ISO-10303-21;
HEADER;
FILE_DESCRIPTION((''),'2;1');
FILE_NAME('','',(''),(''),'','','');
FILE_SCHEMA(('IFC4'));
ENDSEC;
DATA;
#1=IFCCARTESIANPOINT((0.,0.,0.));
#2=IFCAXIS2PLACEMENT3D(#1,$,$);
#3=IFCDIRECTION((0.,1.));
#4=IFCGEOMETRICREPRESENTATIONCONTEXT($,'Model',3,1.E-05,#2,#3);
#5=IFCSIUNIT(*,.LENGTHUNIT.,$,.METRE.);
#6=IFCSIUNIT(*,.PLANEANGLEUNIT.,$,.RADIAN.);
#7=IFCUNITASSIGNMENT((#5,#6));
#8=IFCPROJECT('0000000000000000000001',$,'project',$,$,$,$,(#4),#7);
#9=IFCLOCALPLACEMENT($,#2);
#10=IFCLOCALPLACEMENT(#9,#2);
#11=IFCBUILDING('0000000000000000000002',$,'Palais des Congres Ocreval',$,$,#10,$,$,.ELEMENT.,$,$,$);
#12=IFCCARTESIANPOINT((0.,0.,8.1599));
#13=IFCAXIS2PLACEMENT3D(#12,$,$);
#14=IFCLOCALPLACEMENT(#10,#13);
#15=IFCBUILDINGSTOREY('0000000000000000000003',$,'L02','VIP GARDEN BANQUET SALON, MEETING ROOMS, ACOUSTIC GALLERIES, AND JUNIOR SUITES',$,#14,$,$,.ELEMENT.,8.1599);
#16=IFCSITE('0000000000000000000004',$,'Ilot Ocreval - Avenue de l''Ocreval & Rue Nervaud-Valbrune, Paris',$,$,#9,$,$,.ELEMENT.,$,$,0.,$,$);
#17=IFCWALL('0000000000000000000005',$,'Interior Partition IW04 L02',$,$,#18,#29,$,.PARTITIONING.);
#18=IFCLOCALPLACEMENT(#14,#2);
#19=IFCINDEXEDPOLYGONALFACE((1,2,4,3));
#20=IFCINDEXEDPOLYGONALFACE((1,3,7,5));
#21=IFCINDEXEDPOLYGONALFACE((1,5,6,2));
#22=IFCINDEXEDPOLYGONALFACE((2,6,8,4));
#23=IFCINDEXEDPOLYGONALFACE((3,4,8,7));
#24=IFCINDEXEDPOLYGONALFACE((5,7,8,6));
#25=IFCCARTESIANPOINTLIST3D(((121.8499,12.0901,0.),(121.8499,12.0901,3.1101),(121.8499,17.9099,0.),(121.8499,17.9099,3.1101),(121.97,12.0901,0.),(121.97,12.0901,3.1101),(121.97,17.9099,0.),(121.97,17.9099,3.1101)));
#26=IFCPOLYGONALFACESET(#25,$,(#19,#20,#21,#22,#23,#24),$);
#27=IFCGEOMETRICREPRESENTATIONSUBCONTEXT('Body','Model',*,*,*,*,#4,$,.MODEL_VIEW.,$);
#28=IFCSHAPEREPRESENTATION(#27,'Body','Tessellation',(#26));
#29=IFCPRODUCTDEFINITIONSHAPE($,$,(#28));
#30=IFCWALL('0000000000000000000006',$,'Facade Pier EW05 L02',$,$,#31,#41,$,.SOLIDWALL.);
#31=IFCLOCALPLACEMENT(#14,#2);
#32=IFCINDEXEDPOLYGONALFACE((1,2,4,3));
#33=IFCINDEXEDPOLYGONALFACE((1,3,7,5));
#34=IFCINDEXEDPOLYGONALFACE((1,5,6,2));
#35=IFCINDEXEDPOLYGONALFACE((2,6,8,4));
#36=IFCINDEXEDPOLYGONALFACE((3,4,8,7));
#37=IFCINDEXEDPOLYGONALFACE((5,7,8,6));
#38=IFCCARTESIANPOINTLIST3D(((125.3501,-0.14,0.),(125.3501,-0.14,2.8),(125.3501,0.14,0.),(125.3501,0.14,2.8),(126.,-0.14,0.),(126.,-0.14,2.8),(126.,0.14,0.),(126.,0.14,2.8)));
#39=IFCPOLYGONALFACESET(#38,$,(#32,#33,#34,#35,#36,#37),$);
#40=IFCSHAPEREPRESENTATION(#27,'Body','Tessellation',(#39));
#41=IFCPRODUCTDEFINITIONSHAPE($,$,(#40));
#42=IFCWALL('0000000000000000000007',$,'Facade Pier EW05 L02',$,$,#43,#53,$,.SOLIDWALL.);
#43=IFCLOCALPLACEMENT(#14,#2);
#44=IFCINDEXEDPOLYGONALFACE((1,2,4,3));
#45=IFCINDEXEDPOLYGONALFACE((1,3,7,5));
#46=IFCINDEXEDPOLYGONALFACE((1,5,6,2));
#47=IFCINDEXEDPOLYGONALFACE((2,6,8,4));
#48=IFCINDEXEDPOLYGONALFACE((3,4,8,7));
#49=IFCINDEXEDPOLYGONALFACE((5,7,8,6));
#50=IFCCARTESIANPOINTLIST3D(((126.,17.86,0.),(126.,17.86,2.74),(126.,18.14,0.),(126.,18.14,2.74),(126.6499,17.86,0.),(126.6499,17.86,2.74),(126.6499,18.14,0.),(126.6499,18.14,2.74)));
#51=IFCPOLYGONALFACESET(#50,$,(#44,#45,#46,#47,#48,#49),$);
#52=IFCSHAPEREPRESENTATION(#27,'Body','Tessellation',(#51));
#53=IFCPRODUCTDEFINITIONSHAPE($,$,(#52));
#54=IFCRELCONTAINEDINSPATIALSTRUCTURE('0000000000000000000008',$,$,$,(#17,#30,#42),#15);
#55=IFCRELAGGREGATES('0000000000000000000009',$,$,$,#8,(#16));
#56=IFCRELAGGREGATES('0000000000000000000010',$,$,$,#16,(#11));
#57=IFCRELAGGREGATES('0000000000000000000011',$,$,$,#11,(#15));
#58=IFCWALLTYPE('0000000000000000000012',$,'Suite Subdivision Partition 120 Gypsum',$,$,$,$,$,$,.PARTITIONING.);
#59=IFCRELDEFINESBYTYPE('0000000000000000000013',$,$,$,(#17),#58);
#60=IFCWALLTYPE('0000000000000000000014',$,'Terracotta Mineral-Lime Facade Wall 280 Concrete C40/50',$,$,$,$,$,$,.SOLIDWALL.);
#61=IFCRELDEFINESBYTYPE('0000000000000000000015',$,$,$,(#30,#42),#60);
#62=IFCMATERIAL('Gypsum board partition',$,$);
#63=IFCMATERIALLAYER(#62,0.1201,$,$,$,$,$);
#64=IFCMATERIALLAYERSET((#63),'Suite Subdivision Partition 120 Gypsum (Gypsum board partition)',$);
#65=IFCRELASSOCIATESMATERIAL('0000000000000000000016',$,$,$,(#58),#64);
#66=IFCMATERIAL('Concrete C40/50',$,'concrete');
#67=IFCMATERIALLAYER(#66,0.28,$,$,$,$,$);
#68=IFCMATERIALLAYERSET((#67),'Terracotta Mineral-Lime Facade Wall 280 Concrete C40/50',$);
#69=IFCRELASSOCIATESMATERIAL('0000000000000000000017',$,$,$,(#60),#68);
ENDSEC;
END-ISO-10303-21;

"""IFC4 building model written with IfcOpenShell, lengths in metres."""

from ifc_helpers import new_model, si_unit, direction, frame, frame_2d, origin, place, context, subcontext, project, spatial, rectangle, extrude, material, layer, layer_set, type_object, element, save


model = new_model("IFC4")

# Units and contexts
model_context = context("Model", 3, precision=1e-05, world=origin(), true_north=direction((0.0, 1.0)))
body_context = subcontext(model_context, "Body", "Model", "MODEL_VIEW")
ifc_project = project(units=[si_unit("LENGTHUNIT", "METRE"), si_unit("PLANEANGLEUNIT", "RADIAN")], contexts=[model_context])

# Site, building, storey
site_placement = place(None, origin())
site = spatial("IfcSite", under=ifc_project, at=site_placement, Name="Ilot Ocreval - Avenue de l'Ocreval & Rue Nervaud-Valbrune, Paris", CompositionType="ELEMENT", RefElevation=0.0)
building_placement = place(site_placement, origin())
building = spatial("IfcBuilding", under=site, at=building_placement, Name="Palais des Congres Ocreval", CompositionType="ELEMENT")
storey_placement = place(building_placement, frame((0.0, 0.0, 8.1599)))
storey = spatial("IfcBuildingStorey", under=building, at=storey_placement, Name="L02", Description="VIP GARDEN BANQUET SALON, MEETING ROOMS, ACOUSTIC GALLERIES, AND JUNIOR SUITES", CompositionType="ELEMENT", Elevation=8.1599)

# Walls
ifc_material_1 = material(Name="Gypsum board partition")
ifc_layer_1 = layer(ifc_material_1, 0.1201)
ifc_layer_set_1 = layer_set([ifc_layer_1], Name="Suite Subdivision Partition 120 Gypsum (Gypsum board partition)")
wall_type_1 = type_object("IfcWallType", Name="Suite Subdivision Partition 120 Gypsum", PredefinedType="PARTITIONING", material=ifc_layer_set_1)
wall_1_placement = place(storey_placement, frame((121.9099, 12.0901, 0.0), z_axis=(0.0, 0.0, 1.0), x_axis=(0.0, 1.0, 0.0)))
element("IfcWall", 1, at=wall_1_placement, inside=storey, type_object=wall_type_1, Name="Interior Partition IW04 L02", PredefinedType="PARTITIONING", context=body_context, shape_type="SweptSolid", body=[
    extrude(rectangle(XDim=5.8198, YDim=0.1201, at=frame_2d((2.9099, 0.0))), origin(), (0.0, 0.0, 1.0), 3.1101),
])
ifc_material_2 = material(Name="Concrete C40/50", Category="concrete")
ifc_layer_2 = layer(ifc_material_2, 0.28)
ifc_layer_set_2 = layer_set([ifc_layer_2], Name="Terracotta Mineral-Lime Facade Wall 280 Concrete C40/50")
wall_type_2 = type_object("IfcWallType", Name="Terracotta Mineral-Lime Facade Wall 280 Concrete C40/50", PredefinedType="SOLIDWALL", material=ifc_layer_set_2)
wall_2_placement = place(storey_placement, frame((126.0, 0.0, 0.0), z_axis=(0.0, 0.0, 1.0), x_axis=(-1.0, 0.0, 0.0)))
element("IfcWall", 2, at=wall_2_placement, inside=storey, type_object=wall_type_2, Name="Facade Pier EW05 L02", PredefinedType="SOLIDWALL", context=body_context, shape_type="SweptSolid", body=[
    extrude(rectangle(XDim=0.6499, YDim=0.28, at=frame_2d((0.325, 0.0))), origin(), (0.0, 0.0, 1.0), 2.8),
])
wall_3_placement = place(storey_placement, frame((126.0, 18.0, 0.0), z_axis=(0.0, 0.0, 1.0), x_axis=(1.0, 0.0, 0.0)))
element("IfcWall", 3, at=wall_3_placement, inside=storey, type_object=wall_type_2, Name="Facade Pier EW05 L02", PredefinedType="SOLIDWALL", context=body_context, shape_type="SweptSolid", body=[
    extrude(rectangle(XDim=0.6499, YDim=0.28, at=frame_2d((0.325, 0.0))), origin(), (0.0, 0.0, 1.0), 2.74),
])

save(model, "model.ifc")
